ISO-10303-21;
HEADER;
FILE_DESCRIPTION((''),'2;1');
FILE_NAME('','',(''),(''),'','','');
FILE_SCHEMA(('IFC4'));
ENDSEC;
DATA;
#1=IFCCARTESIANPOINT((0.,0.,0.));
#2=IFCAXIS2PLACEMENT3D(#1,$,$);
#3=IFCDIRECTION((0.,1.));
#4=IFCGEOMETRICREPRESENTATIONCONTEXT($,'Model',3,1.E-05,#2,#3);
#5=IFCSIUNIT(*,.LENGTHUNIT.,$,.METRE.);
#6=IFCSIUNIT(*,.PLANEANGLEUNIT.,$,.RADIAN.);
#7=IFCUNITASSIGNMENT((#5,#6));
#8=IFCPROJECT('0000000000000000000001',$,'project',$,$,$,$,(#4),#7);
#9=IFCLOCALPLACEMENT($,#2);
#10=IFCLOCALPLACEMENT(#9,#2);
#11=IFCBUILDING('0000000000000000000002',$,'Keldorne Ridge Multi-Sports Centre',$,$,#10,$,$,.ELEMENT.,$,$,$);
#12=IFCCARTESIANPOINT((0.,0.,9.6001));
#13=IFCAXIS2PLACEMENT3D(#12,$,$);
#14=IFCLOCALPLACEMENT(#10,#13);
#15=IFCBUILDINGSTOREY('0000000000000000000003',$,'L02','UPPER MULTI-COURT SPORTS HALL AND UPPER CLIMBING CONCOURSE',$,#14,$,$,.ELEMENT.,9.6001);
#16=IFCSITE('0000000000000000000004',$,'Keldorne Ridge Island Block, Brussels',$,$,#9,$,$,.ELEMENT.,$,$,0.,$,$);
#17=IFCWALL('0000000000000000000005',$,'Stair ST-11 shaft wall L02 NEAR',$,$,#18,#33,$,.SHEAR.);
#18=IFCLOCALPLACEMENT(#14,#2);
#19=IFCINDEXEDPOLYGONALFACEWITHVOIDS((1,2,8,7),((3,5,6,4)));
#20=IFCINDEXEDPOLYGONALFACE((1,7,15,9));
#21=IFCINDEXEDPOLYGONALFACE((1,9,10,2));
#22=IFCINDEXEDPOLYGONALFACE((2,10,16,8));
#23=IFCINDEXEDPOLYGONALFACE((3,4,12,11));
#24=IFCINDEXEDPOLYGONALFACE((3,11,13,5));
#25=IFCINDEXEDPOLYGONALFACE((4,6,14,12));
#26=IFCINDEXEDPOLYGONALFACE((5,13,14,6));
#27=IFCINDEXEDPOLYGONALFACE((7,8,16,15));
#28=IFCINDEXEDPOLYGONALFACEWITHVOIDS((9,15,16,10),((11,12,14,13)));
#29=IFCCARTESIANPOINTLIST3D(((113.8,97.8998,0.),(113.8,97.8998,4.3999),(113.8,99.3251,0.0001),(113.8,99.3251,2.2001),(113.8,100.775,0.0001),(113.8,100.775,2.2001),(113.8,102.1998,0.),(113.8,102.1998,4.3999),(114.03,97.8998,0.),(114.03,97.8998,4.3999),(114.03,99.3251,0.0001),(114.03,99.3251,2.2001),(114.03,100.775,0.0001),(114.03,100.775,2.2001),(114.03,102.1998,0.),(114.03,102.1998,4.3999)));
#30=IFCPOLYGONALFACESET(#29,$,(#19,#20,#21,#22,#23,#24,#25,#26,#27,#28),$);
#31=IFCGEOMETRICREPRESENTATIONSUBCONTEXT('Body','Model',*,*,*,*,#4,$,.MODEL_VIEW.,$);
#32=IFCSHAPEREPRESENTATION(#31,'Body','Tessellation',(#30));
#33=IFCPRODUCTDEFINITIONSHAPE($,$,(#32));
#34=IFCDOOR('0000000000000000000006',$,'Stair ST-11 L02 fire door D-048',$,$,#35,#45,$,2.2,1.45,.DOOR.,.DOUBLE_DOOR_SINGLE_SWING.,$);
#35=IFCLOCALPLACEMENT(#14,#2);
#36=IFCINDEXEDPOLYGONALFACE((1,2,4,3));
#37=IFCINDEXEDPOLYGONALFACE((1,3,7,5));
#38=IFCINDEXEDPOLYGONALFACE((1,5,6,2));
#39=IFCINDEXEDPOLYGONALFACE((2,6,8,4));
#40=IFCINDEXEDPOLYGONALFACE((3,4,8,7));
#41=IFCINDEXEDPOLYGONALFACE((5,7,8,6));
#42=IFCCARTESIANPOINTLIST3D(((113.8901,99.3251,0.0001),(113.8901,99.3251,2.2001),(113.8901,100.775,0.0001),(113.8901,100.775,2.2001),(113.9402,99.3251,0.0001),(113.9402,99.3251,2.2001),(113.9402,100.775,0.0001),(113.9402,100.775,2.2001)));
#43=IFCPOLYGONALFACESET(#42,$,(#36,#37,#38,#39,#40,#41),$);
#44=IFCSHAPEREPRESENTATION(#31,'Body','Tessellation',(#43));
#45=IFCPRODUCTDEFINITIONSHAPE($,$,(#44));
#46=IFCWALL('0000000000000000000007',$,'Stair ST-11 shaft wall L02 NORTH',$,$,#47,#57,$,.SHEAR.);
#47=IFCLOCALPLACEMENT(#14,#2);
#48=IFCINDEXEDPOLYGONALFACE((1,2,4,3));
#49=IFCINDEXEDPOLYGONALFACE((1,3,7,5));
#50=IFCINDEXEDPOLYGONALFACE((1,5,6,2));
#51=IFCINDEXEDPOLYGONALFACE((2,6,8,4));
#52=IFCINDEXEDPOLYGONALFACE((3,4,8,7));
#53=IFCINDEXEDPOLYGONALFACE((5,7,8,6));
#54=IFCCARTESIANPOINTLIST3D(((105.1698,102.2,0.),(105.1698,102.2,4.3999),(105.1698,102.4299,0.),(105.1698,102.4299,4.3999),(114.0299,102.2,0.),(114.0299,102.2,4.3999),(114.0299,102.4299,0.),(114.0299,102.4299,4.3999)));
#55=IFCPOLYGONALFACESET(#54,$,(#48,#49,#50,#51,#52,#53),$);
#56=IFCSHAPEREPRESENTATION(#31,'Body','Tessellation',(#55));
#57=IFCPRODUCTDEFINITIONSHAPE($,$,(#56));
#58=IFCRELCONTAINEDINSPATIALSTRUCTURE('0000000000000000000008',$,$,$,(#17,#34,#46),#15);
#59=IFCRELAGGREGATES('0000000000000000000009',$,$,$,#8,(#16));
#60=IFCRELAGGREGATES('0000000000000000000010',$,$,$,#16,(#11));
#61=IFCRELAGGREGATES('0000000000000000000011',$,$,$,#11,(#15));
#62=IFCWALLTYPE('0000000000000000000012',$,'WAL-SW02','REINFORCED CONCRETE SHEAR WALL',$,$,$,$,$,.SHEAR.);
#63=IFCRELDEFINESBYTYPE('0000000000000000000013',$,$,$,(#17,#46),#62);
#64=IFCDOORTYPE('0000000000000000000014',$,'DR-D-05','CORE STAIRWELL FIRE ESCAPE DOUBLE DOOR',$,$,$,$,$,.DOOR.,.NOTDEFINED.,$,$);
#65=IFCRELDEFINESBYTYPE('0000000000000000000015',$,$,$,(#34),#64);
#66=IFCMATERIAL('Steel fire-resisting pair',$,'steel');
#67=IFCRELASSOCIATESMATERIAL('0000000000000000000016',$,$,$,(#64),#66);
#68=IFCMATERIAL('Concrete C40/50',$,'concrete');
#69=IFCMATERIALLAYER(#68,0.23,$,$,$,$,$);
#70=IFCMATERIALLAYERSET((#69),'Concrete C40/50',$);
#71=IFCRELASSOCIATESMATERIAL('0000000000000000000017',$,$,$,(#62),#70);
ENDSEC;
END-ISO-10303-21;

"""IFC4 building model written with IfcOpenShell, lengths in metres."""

from ifc_helpers import new_model, si_unit, direction, frame, frame_2d, origin, place, context, subcontext, project, spatial, rectangle, extrude, material, layer, layer_set, type_object, element, fill, save


model = new_model("IFC4")

# Units and contexts
model_context = context("Model", 3, precision=1e-05, world=origin(), true_north=direction((0.0, 1.0)))
body_context = subcontext(model_context, "Body", "Model", "MODEL_VIEW")
ifc_project = project(units=[si_unit("LENGTHUNIT", "METRE"), si_unit("PLANEANGLEUNIT", "RADIAN")], contexts=[model_context])

# Site, building, storey
site_placement = place(None, origin())
site = spatial("IfcSite", under=ifc_project, at=site_placement, Name="Keldorne Ridge Island Block, Brussels", CompositionType="ELEMENT", RefElevation=0.0)
building_placement = place(site_placement, origin())
building = spatial("IfcBuilding", under=site, at=building_placement, Name="Keldorne Ridge Multi-Sports Centre", CompositionType="ELEMENT")
storey_placement = place(building_placement, frame((0.0, 0.0, 9.6001)))
storey = spatial("IfcBuildingStorey", under=building, at=storey_placement, Name="L02", Description="UPPER MULTI-COURT SPORTS HALL AND UPPER CLIMBING CONCOURSE", CompositionType="ELEMENT", Elevation=9.6001)

# Shared definitions
ifc_material_1 = material(Name="Concrete C40/50", Category="concrete")
ifc_material_2 = material(Name="Steel fire-resisting pair", Category="steel")
door_type = type_object("IfcDoorType", Name="DR-D-05", Description="CORE STAIRWELL FIRE ESCAPE DOUBLE DOOR", OperationType="NOTDEFINED", PredefinedType="DOOR", material=ifc_material_2)

# Shared definitions
ifc_layer_1 = layer(ifc_material_1, 0.23)
ifc_layer_set_1 = layer_set([ifc_layer_1], Name="Concrete C40/50")
wall_type_1 = type_object("IfcWallType", Name="WAL-SW02", Description="REINFORCED CONCRETE SHEAR WALL", PredefinedType="SHEAR", material=ifc_layer_set_1)

# Wall, opening, door
wall_1_placement = place(storey_placement, frame((113.915, 97.8999, 0.0), z_axis=(0.0, 0.0, 1.0), x_axis=(0.0, 1.0, 0.0)))
wall_1 = element("IfcWall", 1, at=wall_1_placement, inside=storey, type_object=wall_type_1, Name="Stair ST-11 shaft wall L02 NEAR", PredefinedType="SHEAR", context=body_context, shape_type="SweptSolid", body=[
    extrude(rectangle(XDim=4.3, YDim=0.23, at=frame_2d((2.1499, 0.0))), origin(), (0.0, 0.0, 1.0), 4.3999),
])
opening_1_placement = place(wall_1_placement, frame((1.425, 0.0, 0.0)))
opening_1 = element("IfcOpeningElement", 2, at=opening_1_placement, cuts=wall_1, PredefinedType="OPENING", context=body_context, shape_type="SweptSolid", body=[
    extrude(rectangle(XDim=1.45, YDim=2.2, at=frame_2d((0.7251, 1.1001))), frame((0.0, 0.125, 0.0), z_axis=(0.0, -1.0, 0.0), x_axis=(1.0, 0.0, 0.0)), (0.0, 0.0, 1.0), 0.25),
])
door_1_placement = place(opening_1_placement, origin())
door_1 = element("IfcDoor", 3, at=door_1_placement, inside=storey, type_object=door_type, Name="Stair ST-11 L02 fire door D-048", OperationType="DOUBLE_DOOR_SINGLE_SWING", OverallHeight=2.2, OverallWidth=1.45, PredefinedType="DOOR", context=body_context, shape_type="SweptSolid", body=[
    extrude(rectangle(XDim=1.45, YDim=2.2, at=frame_2d((0.7251, 1.1001))), frame((0.0, 0.0249, 0.0), z_axis=(0.0, -1.0, 0.0), x_axis=(1.0, 0.0, 0.0)), (0.0, 0.0, 1.0), 0.05),
])
fill(opening_1, door_1)

# Wall
wall_2_placement = place(storey_placement, frame((114.03, 102.3149, 0.0), z_axis=(0.0, 0.0, 1.0), x_axis=(-1.0, 0.0, 0.0)))
element("IfcWall", 4, at=wall_2_placement, inside=storey, type_object=wall_type_1, Name="Stair ST-11 shaft wall L02 NORTH", PredefinedType="SHEAR", context=body_context, shape_type="SweptSolid", body=[
    extrude(rectangle(XDim=8.8601, YDim=0.23, at=frame_2d((4.4302, 0.0))), origin(), (0.0, 0.0, 1.0), 4.3999),
])

save(model, "model.ifc")
